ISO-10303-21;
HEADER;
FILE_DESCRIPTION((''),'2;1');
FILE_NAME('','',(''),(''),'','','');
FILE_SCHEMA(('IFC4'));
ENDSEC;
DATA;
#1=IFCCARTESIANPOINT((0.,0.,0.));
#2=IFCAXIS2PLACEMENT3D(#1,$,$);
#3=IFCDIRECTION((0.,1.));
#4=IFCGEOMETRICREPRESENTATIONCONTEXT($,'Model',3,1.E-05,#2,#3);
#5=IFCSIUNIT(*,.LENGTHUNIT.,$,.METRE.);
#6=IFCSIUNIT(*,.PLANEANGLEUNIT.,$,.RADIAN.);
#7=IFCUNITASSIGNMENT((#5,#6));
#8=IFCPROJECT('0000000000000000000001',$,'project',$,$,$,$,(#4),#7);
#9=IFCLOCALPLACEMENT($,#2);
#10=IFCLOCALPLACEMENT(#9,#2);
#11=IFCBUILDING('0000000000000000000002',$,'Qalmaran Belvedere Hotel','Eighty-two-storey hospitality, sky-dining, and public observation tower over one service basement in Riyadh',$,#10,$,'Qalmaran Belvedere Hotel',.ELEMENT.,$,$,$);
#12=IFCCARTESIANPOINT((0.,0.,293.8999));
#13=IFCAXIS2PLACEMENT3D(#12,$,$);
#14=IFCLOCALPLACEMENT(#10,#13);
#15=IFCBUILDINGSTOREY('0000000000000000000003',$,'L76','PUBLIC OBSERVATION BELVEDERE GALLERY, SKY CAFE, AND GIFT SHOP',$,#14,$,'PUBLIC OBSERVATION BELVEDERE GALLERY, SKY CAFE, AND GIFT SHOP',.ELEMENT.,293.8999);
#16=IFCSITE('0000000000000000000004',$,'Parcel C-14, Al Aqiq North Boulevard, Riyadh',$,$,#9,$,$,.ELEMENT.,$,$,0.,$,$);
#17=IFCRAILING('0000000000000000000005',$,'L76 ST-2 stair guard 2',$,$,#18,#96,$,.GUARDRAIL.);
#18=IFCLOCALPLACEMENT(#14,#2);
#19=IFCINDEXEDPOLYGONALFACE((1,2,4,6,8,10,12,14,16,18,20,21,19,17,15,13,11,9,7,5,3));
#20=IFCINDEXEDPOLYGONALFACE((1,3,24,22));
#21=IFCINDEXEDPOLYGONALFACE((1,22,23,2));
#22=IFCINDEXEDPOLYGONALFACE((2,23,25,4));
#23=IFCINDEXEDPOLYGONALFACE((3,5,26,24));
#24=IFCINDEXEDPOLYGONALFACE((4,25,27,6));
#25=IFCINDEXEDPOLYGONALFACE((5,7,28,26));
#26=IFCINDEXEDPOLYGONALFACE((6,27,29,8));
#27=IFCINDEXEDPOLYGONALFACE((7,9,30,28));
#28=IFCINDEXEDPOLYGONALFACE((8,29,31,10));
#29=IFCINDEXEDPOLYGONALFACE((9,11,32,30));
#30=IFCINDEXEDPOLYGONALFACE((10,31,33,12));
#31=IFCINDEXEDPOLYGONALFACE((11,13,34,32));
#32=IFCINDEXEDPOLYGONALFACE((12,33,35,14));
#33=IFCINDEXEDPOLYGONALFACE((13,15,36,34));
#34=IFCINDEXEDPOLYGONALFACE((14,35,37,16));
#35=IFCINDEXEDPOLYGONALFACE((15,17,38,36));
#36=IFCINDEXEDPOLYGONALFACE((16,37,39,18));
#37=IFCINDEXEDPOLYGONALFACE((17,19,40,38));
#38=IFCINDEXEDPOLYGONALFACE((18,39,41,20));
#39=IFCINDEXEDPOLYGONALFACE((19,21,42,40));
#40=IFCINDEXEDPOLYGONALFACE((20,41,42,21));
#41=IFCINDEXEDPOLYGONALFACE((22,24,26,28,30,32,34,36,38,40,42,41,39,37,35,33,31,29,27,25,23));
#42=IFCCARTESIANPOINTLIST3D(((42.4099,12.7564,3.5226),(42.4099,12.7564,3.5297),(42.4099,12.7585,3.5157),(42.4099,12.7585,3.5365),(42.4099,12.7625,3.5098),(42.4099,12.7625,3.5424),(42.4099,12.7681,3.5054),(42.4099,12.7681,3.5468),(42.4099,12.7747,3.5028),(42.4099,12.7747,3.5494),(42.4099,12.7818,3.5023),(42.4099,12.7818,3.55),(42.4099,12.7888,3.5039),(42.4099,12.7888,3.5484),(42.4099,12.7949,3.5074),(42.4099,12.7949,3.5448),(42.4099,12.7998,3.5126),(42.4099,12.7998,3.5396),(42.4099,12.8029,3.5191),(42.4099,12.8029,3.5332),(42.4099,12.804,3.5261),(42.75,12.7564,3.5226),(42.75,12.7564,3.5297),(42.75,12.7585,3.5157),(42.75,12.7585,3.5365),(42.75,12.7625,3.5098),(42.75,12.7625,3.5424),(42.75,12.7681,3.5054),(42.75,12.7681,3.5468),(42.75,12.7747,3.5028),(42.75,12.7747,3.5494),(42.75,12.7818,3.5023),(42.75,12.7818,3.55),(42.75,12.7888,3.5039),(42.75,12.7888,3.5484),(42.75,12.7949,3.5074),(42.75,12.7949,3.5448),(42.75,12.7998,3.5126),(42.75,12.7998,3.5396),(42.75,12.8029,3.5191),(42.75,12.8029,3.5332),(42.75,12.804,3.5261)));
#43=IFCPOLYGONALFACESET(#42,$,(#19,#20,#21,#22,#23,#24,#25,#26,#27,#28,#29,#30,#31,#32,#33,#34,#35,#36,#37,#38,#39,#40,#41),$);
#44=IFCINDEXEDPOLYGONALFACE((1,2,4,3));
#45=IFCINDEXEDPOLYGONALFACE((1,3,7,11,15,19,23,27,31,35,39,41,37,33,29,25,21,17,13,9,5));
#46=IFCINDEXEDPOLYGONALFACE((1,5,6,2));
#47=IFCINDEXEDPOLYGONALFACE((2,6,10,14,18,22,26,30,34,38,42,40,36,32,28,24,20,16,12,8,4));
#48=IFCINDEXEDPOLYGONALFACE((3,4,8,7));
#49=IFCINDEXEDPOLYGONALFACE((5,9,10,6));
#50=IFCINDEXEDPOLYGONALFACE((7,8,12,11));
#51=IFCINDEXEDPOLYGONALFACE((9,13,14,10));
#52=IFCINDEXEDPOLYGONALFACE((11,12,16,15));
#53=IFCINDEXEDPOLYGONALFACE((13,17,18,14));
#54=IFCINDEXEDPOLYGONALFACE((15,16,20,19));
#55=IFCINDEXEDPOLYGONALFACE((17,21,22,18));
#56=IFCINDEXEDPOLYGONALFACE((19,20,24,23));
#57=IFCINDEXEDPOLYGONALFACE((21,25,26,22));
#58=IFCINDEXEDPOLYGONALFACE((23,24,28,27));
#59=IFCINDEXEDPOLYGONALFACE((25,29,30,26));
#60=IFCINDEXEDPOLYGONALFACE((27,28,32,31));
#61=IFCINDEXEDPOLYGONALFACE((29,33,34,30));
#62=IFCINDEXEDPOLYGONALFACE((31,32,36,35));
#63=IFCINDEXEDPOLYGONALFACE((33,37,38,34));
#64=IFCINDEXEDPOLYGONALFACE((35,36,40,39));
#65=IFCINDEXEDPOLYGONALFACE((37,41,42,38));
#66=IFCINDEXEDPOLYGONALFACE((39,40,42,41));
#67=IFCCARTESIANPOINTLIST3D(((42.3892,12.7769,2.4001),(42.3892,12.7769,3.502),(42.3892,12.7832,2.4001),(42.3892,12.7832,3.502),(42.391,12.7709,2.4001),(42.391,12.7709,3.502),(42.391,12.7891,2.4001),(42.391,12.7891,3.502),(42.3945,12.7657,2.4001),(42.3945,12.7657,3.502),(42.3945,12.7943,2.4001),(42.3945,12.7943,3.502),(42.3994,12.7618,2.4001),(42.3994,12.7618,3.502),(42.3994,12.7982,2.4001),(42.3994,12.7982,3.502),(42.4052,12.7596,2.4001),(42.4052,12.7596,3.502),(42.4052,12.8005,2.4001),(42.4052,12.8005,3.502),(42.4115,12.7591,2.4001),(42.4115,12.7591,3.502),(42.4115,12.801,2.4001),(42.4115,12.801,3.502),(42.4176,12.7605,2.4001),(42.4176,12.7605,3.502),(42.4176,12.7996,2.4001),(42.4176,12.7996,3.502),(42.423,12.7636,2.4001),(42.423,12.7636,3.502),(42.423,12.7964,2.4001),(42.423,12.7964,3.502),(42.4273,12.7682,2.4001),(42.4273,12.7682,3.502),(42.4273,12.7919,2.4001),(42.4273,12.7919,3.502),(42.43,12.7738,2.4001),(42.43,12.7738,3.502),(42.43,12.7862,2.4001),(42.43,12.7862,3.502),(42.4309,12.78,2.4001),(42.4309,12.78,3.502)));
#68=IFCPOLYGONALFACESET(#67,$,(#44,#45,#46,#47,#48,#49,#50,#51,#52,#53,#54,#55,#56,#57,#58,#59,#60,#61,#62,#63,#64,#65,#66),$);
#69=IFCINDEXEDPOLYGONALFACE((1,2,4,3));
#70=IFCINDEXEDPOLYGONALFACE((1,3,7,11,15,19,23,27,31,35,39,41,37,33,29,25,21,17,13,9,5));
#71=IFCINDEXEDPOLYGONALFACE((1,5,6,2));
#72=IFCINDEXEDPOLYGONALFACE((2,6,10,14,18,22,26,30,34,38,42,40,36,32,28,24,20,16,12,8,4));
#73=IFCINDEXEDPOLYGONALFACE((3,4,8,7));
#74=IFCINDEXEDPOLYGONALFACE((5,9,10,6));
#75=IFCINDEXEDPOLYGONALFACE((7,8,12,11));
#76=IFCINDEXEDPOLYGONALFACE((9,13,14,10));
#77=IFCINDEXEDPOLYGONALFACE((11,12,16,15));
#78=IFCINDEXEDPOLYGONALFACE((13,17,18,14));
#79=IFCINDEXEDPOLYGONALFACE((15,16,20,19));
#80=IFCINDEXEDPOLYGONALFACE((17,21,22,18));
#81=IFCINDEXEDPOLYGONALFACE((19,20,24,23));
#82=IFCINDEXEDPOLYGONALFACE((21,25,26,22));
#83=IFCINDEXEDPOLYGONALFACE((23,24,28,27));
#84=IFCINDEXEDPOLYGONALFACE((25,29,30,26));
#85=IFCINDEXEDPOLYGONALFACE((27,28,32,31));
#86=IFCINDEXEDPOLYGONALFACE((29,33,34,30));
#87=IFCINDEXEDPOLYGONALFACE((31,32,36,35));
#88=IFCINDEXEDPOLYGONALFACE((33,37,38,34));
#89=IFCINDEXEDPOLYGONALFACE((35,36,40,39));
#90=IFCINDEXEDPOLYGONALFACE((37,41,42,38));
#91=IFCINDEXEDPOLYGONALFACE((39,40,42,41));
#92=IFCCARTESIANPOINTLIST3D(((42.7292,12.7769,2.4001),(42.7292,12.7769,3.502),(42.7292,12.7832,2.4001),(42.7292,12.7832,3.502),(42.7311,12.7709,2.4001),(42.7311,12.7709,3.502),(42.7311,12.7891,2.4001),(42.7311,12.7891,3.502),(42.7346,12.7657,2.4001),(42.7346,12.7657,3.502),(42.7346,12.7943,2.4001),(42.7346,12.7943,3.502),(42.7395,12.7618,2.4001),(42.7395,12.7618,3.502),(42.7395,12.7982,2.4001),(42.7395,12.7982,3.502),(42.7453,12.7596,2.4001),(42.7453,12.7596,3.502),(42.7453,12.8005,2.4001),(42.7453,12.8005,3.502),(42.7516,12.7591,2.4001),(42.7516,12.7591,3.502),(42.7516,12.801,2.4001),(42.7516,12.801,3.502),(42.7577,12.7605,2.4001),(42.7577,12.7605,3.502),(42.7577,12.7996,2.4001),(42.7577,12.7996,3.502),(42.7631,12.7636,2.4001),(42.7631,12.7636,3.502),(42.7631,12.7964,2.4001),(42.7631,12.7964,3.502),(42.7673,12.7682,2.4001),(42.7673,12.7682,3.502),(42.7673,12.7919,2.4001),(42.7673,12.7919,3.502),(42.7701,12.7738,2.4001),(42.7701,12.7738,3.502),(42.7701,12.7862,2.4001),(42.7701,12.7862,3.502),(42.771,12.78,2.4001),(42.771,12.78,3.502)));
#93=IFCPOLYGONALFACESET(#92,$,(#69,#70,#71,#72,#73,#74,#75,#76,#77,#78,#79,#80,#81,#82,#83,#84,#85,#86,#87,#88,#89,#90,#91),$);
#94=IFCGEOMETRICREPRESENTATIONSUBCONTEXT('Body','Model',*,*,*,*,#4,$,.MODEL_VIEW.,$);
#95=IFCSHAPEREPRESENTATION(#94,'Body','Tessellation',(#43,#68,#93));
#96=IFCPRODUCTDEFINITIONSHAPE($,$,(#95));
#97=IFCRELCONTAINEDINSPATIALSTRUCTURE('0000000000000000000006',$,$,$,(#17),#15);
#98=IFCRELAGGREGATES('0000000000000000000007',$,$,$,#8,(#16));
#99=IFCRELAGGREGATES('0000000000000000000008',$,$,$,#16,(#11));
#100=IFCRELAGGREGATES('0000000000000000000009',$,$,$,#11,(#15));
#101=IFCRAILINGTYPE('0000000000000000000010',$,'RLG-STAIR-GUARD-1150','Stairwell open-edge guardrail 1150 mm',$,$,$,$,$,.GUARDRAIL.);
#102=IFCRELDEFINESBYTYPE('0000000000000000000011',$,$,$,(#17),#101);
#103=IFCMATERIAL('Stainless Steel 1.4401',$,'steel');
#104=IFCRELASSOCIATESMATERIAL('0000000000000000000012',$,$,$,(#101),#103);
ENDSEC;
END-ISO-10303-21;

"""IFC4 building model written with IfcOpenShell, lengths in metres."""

from ifc_helpers import new_model, si_unit, direction, frame, origin, origin_2d, place, context, subcontext, project, spatial, circle, extrude, material, type_object, element, save


model = new_model("IFC4")

# Units and contexts
model_context = context("Model", 3, precision=1e-05, world=origin(), true_north=direction((0.0, 1.0)))
body_context = subcontext(model_context, "Body", "Model", "MODEL_VIEW")
ifc_project = project(units=[si_unit("LENGTHUNIT", "METRE"), si_unit("PLANEANGLEUNIT", "RADIAN")], contexts=[model_context])

# Site, building, storey
site_placement = place(None, origin())
site = spatial("IfcSite", under=ifc_project, at=site_placement, Name="Parcel C-14, Al Aqiq North Boulevard, Riyadh", CompositionType="ELEMENT", RefElevation=0.0)
building_placement = place(site_placement, origin())
building = spatial("IfcBuilding", under=site, at=building_placement, Name="Qalmaran Belvedere Hotel", Description="Eighty-two-storey hospitality, sky-dining, and public observation tower over one service basement in Riyadh", LongName="Qalmaran Belvedere Hotel", CompositionType="ELEMENT")
storey_placement = place(building_placement, frame((0.0, 0.0, 293.8999)))
storey = spatial("IfcBuildingStorey", under=building, at=storey_placement, Name="L76", Description="PUBLIC OBSERVATION BELVEDERE GALLERY, SKY CAFE, AND GIFT SHOP", LongName="PUBLIC OBSERVATION BELVEDERE GALLERY, SKY CAFE, AND GIFT SHOP", CompositionType="ELEMENT", Elevation=293.8999)

# Railing
ifc_material_1 = material(Name="Stainless Steel 1.4401", Category="steel")
railing_type_1 = type_object("IfcRailingType", Name="RLG-STAIR-GUARD-1150", Description="Stairwell open-edge guardrail 1150 mm", PredefinedType="GUARDRAIL", material=ifc_material_1)
railing_1_placement = place(storey_placement, frame((42.4099, 12.78, 2.4001)))
element("IfcRailing", 1, at=railing_1_placement, inside=storey, type_object=railing_type_1, Name="L76 ST-2 stair guard 2", PredefinedType="GUARDRAIL", context=body_context, shape_type="SweptSolid", body=[
    extrude(circle(Radius=0.0239, at=origin_2d()), frame((0.0, 0.0, 1.126), z_axis=(1.0, 0.0, 0.0), x_axis=(0.0, 1.0, 0.0)), (0.0, 0.0, 1.0), 0.3401),
    extrude(circle(Radius=0.021, at=origin_2d()), origin(), (0.0, 0.0, 1.0), 1.1018),
    extrude(circle(Radius=0.021, at=origin_2d()), frame((0.3401, 0.0, 0.0)), (0.0, 0.0, 1.0), 1.1018),
])

save(model, "model.ifc")
